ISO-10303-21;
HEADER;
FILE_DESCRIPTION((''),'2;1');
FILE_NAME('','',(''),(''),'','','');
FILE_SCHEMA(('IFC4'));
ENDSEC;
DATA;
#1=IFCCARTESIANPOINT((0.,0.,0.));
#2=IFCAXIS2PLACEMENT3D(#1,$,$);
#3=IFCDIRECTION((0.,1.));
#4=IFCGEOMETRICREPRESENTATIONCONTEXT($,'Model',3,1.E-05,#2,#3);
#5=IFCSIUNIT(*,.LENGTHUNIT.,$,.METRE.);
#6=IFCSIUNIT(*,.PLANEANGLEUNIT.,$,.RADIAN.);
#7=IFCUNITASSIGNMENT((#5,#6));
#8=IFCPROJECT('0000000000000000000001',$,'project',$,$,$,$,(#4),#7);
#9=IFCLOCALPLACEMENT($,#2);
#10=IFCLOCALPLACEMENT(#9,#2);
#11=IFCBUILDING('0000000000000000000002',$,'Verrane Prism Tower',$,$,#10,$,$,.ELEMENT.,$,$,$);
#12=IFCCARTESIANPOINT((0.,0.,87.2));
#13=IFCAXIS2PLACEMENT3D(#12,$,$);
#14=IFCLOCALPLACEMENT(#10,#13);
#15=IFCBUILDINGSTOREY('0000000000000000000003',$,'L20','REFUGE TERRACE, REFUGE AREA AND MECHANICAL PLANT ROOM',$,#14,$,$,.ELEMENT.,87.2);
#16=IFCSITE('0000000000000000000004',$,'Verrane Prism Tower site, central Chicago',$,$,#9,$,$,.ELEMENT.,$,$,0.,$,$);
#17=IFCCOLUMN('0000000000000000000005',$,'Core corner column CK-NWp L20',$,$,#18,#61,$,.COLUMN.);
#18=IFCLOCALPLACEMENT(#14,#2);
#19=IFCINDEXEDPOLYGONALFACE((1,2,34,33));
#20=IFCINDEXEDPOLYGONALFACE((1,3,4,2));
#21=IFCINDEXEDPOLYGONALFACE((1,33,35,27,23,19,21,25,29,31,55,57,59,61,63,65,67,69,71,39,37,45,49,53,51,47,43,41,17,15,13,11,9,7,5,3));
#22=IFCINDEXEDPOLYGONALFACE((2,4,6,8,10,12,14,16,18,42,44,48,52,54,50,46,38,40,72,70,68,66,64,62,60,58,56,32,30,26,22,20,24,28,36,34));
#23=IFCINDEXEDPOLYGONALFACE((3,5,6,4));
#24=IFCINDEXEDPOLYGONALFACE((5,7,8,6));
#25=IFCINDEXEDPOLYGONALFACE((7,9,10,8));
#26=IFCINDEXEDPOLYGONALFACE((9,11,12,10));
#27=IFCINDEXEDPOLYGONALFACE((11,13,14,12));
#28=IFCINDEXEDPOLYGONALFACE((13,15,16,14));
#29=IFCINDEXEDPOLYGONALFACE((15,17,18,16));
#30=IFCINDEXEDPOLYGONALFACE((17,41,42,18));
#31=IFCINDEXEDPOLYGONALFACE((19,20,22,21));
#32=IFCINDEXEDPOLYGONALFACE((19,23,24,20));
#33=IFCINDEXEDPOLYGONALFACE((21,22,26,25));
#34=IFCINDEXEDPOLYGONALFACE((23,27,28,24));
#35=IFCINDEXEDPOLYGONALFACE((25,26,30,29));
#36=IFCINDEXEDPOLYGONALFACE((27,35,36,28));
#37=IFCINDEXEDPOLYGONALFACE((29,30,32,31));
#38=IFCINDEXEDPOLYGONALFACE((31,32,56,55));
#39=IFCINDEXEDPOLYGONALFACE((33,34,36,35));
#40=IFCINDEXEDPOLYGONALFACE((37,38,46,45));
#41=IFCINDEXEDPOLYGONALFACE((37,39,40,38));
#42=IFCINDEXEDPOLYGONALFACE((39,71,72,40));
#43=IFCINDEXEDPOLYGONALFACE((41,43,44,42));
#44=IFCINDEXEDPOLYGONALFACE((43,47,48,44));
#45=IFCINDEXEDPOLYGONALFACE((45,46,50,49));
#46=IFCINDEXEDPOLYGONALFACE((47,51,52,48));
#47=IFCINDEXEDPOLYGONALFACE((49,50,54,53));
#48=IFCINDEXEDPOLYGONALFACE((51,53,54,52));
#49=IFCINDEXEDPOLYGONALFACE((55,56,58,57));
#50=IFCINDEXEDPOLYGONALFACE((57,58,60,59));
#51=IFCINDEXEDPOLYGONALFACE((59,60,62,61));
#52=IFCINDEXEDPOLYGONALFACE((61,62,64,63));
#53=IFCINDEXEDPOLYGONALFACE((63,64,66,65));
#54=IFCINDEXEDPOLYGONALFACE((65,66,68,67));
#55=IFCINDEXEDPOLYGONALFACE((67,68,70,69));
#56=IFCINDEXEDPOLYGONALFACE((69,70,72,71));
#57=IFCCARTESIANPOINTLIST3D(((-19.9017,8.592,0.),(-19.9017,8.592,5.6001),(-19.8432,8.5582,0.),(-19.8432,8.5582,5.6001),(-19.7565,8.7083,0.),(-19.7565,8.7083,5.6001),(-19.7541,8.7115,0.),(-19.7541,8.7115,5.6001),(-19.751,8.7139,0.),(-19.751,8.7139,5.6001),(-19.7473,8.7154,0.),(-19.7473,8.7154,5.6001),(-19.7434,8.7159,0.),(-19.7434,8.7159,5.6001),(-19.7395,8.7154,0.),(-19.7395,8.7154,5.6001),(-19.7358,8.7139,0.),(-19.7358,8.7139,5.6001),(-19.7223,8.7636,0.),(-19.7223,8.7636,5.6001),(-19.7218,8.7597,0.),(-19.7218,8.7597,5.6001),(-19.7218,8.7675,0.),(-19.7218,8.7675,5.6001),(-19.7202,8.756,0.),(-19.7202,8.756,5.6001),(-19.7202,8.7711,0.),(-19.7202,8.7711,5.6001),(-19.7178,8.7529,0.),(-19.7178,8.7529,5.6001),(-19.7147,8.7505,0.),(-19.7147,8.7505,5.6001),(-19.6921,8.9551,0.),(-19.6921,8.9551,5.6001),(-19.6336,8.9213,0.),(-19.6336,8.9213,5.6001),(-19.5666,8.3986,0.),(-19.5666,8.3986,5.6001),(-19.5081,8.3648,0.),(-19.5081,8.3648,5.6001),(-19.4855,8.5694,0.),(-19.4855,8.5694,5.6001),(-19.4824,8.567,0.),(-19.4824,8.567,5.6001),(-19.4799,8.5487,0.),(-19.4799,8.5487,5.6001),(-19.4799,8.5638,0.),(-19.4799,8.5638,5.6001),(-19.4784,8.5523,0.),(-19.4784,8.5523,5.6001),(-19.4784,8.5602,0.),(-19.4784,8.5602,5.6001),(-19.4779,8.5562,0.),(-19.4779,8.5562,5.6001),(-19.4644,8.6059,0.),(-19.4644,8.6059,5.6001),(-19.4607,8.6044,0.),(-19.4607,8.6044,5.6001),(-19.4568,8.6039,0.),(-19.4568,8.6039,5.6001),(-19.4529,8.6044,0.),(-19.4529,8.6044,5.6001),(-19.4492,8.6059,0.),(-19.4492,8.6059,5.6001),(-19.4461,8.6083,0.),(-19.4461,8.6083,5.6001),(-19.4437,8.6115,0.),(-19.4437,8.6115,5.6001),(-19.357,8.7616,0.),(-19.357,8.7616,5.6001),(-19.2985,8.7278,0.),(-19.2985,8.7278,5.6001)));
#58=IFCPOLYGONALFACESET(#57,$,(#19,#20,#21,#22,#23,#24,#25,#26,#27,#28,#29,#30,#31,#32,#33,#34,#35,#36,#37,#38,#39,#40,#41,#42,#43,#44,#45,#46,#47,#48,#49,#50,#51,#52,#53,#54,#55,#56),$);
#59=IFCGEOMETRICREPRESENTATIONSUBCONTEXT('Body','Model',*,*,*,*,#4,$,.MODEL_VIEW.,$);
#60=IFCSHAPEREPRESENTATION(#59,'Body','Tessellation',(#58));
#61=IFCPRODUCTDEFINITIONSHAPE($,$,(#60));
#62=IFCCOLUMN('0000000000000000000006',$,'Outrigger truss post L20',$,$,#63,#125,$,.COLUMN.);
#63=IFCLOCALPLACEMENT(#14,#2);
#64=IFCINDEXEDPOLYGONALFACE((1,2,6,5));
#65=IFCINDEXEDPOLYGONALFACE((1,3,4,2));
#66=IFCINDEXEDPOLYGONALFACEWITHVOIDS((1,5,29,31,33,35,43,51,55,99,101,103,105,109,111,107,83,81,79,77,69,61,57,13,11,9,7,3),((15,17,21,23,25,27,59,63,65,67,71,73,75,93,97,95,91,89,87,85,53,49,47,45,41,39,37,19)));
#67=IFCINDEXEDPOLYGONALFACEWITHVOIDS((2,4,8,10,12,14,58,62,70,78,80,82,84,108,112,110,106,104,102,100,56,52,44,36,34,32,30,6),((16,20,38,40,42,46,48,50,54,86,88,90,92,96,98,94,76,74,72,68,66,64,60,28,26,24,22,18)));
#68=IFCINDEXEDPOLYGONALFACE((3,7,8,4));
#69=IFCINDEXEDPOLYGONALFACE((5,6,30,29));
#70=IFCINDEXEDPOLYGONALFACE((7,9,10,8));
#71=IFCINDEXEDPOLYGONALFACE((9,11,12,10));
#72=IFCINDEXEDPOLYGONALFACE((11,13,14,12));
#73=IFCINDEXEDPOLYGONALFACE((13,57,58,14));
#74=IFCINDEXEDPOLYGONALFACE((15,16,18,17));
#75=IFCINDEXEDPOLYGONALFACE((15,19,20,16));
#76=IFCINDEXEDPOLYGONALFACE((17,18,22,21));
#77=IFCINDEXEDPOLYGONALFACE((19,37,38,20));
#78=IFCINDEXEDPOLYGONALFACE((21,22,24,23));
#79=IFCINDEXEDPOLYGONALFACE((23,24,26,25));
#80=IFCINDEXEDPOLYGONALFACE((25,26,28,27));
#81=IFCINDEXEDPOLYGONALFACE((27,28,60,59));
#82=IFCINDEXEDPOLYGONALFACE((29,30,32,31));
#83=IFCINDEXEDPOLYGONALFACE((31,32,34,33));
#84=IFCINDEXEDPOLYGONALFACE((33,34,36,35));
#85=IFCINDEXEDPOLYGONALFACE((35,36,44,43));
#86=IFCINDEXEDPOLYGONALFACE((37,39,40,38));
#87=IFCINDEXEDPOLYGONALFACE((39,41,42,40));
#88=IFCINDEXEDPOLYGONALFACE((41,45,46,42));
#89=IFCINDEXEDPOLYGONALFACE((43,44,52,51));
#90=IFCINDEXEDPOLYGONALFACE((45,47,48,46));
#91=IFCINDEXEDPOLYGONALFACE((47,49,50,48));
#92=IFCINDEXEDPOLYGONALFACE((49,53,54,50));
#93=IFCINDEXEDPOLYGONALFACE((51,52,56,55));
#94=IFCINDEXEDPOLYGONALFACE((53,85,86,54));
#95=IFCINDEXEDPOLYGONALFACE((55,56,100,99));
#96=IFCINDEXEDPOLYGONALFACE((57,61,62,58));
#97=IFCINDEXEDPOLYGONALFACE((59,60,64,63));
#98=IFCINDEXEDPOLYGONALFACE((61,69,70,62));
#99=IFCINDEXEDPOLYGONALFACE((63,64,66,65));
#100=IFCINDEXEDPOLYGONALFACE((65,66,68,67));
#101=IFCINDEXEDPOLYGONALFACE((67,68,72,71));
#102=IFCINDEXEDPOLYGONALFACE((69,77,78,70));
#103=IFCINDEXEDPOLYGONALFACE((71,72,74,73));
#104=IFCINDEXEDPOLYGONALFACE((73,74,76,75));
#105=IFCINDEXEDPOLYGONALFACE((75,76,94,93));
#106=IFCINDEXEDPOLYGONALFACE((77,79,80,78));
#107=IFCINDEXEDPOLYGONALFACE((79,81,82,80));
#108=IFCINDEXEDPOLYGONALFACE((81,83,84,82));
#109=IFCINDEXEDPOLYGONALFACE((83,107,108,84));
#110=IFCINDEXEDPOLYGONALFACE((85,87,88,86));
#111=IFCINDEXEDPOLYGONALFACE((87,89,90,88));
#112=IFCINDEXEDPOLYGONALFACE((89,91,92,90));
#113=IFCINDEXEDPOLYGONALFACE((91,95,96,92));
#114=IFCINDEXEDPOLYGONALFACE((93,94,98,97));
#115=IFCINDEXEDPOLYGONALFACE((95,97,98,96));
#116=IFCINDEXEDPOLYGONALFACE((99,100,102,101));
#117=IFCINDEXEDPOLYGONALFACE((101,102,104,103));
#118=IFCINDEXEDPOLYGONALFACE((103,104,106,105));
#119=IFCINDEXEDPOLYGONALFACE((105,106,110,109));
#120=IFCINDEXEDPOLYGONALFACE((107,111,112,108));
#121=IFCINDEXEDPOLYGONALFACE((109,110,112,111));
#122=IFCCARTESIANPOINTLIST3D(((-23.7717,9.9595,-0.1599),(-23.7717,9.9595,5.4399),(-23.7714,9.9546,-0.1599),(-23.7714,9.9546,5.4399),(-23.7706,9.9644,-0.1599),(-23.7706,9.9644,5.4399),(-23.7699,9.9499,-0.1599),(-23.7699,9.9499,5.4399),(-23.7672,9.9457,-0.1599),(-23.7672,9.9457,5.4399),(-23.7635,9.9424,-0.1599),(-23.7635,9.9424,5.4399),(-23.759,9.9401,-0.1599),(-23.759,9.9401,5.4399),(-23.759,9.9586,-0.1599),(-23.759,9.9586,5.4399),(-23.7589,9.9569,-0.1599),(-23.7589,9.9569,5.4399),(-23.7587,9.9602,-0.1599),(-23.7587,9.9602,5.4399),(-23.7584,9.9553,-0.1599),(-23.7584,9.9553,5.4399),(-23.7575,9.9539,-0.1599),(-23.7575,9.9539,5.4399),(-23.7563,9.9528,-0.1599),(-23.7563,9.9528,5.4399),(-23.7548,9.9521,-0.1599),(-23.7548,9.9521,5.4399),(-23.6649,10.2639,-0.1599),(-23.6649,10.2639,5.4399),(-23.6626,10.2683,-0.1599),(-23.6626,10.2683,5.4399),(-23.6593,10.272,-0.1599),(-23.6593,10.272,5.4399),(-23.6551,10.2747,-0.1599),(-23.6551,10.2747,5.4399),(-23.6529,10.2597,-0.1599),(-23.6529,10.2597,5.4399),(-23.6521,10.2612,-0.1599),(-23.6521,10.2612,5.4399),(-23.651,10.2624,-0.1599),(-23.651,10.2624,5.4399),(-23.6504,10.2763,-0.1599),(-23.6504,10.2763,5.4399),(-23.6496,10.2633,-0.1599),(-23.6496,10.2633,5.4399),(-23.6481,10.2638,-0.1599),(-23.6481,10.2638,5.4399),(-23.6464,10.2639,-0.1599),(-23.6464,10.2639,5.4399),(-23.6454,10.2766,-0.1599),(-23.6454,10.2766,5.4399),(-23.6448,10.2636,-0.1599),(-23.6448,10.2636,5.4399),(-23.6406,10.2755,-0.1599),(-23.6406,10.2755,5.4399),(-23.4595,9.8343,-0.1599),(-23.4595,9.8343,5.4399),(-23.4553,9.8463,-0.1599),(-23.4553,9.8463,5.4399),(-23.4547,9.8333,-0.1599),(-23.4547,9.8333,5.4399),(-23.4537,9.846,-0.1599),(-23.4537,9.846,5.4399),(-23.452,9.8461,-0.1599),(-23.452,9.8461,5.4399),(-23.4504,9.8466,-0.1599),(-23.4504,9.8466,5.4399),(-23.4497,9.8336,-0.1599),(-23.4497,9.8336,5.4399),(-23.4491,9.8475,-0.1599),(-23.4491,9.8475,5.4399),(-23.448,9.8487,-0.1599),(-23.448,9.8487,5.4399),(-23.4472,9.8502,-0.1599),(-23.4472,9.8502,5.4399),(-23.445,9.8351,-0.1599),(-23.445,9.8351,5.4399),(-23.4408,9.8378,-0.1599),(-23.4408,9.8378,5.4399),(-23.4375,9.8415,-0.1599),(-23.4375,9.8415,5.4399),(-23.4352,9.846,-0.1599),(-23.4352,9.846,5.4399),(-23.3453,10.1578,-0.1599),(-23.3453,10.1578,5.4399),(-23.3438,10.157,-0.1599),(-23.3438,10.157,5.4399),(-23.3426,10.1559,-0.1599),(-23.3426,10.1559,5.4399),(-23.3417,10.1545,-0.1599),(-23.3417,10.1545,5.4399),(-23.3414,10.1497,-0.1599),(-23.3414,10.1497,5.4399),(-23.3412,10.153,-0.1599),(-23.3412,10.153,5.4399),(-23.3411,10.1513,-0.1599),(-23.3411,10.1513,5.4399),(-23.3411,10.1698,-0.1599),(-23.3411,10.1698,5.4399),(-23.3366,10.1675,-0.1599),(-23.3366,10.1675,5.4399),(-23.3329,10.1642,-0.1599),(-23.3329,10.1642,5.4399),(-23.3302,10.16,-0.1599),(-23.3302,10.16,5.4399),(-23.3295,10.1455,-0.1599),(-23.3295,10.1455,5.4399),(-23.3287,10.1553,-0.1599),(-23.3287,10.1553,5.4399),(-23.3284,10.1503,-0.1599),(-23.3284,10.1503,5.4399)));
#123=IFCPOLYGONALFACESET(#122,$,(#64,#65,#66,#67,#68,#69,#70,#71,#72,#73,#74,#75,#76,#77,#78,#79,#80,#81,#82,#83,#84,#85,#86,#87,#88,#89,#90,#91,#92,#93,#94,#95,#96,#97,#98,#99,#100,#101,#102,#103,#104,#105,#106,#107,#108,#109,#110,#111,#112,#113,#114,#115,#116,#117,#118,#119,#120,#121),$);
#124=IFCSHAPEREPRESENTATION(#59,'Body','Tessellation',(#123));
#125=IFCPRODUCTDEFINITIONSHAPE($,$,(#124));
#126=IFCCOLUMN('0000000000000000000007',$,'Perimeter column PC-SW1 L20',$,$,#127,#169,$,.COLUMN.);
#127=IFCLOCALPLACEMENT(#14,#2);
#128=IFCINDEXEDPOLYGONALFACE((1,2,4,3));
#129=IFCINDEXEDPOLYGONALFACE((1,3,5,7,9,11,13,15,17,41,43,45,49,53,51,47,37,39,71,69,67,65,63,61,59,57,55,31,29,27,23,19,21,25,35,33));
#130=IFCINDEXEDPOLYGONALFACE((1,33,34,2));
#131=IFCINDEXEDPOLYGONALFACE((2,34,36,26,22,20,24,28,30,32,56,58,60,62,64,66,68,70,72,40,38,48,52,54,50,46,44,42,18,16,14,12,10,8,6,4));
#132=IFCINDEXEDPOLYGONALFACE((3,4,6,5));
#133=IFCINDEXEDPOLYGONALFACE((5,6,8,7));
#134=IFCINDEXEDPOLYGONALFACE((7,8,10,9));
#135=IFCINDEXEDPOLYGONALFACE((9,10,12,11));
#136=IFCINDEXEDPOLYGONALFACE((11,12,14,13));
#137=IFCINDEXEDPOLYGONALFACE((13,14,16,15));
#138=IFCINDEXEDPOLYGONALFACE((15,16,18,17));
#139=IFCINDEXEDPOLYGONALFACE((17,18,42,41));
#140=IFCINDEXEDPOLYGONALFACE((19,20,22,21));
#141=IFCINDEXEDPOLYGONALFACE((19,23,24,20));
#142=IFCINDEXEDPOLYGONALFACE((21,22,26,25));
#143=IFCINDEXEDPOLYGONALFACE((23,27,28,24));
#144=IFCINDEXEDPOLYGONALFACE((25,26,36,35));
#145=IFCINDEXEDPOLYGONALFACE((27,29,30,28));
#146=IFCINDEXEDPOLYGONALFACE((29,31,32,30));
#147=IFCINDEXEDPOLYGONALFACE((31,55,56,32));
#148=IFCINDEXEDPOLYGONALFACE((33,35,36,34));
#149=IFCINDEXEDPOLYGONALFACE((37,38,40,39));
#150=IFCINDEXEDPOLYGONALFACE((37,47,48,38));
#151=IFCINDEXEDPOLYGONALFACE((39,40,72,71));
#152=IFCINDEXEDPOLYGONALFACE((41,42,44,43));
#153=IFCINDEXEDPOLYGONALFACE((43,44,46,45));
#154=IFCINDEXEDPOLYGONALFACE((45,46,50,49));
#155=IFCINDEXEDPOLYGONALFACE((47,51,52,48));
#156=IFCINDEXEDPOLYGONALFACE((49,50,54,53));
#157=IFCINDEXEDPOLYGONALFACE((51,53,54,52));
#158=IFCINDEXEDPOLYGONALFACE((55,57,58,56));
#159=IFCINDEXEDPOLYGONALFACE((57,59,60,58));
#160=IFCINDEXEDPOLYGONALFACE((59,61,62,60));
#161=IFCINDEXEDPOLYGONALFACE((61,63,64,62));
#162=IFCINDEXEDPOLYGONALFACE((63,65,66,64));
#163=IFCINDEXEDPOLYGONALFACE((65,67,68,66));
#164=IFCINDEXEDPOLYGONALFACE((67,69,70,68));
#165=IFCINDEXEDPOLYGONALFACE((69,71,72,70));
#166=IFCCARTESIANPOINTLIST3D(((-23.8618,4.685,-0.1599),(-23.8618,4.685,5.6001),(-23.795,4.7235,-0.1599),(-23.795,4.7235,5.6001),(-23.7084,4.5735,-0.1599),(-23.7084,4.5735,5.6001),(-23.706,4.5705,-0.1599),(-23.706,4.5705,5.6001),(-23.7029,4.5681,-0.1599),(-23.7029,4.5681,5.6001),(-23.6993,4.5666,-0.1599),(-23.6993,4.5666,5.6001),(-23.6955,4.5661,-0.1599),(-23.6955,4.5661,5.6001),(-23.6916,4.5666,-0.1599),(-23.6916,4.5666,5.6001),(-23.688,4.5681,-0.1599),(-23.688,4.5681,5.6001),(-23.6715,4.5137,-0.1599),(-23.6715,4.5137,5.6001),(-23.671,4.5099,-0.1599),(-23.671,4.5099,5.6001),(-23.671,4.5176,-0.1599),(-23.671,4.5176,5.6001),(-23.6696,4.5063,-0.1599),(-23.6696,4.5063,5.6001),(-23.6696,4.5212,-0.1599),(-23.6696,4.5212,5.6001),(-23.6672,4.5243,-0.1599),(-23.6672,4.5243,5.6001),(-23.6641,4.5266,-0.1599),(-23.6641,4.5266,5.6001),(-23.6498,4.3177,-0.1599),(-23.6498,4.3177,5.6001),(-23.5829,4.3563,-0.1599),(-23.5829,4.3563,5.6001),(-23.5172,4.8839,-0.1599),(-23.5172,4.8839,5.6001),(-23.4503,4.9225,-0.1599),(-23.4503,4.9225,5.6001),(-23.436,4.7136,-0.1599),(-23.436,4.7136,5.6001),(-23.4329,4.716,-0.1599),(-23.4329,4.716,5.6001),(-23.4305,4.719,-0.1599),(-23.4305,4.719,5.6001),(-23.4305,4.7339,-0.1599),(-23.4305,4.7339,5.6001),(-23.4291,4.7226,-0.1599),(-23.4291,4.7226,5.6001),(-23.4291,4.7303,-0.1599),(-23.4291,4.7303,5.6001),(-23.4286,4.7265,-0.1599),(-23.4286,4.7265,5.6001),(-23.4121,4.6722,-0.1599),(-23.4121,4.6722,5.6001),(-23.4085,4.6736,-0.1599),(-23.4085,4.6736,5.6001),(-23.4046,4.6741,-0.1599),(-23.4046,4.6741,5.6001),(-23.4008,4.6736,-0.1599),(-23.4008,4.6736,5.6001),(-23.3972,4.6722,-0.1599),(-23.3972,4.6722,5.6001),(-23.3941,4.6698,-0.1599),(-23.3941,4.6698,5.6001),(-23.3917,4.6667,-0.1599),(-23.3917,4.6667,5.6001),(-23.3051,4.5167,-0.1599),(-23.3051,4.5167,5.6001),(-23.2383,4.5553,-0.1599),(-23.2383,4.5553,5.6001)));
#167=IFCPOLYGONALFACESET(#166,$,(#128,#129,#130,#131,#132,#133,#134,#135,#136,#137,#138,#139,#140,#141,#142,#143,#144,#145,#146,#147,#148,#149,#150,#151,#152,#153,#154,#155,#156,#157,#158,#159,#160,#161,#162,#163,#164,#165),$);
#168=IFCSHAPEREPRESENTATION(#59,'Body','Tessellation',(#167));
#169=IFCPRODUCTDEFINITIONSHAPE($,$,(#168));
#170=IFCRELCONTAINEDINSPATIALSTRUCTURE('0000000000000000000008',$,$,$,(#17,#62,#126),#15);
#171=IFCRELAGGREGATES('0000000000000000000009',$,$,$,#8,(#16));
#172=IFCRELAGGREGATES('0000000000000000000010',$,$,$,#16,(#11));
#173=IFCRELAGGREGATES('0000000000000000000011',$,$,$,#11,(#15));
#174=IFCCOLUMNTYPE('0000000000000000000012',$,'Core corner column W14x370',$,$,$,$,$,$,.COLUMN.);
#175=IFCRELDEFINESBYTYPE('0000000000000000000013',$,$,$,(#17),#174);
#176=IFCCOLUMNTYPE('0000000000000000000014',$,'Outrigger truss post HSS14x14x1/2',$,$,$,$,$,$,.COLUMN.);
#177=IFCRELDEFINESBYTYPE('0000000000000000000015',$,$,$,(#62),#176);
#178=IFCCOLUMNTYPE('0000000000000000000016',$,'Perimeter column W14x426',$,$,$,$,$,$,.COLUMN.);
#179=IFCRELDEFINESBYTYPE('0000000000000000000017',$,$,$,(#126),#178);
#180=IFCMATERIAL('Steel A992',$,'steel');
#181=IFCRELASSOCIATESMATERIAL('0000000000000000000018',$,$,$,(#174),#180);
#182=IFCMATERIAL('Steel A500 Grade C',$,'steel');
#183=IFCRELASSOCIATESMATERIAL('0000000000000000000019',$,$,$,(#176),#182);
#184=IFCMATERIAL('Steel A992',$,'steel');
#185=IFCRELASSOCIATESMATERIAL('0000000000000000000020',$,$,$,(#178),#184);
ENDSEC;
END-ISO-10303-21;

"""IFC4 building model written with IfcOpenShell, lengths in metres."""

from ifc_helpers import new_model, si_unit, direction, frame, origin, origin_2d, place, context, subcontext, project, spatial, hollow_rectangle, i_section, extrude, material, material_profile, profile_set, type_object, element, save


model = new_model("IFC4")

# Units and contexts
model_context = context("Model", 3, precision=1e-05, world=origin(), true_north=direction((0.0, 1.0)))
body_context = subcontext(model_context, "Body", "Model", "MODEL_VIEW")
ifc_project = project(units=[si_unit("LENGTHUNIT", "METRE"), si_unit("PLANEANGLEUNIT", "RADIAN")], contexts=[model_context])

# Site, building, storey
site_placement = place(None, origin())
site = spatial("IfcSite", under=ifc_project, at=site_placement, Name="Verrane Prism Tower site, central Chicago", CompositionType="ELEMENT", RefElevation=0.0)
building_placement = place(site_placement, origin())
building = spatial("IfcBuilding", under=site, at=building_placement, Name="Verrane Prism Tower", CompositionType="ELEMENT")
storey_placement = place(building_placement, frame((0.0, 0.0, 87.2)))
storey = spatial("IfcBuildingStorey", under=building, at=storey_placement, Name="L20", Description="REFUGE TERRACE, REFUGE AREA AND MECHANICAL PLANT ROOM", CompositionType="ELEMENT", Elevation=87.2)

# Columns
ifc_material_1 = material(Name="Steel A992", Category="steel")
ifc_material_profile_1 = material_profile(ifc_material_1, i_section(OverallWidth=0.4192, OverallDepth=0.4546, WebThickness=0.0422, FlangeThickness=0.0676, FilletRadius=0.0151, at=origin_2d()), Name="W14x370")
ifc_profile_set_1 = profile_set([ifc_material_profile_1], Name="Steel A992")
column_type_1 = type_object("IfcColumnType", Name="Core corner column W14x370", PredefinedType="COLUMN", material=ifc_profile_set_1)
column_1_placement = place(storey_placement, frame((-19.6001, 8.6599, 0.0), z_axis=(0.0, 0.0, 1.0), x_axis=(0.5, 0.866025, 0.0)))
element("IfcColumn", 1, at=column_1_placement, inside=storey, type_object=column_type_1, Name="Core corner column CK-NWp L20", PredefinedType="COLUMN", context=body_context, shape_type="SweptSolid", body=[
    extrude(i_section(OverallWidth=0.4192, OverallDepth=0.4546, WebThickness=0.0422, FlangeThickness=0.0676, FilletRadius=0.0151, at=origin_2d()), origin(), (0.0, 0.0, 1.0), 5.6001),
])
ifc_material_2 = material(Name="Steel A500 Grade C", Category="steel")
ifc_material_profile_2 = material_profile(ifc_material_2, hollow_rectangle(XDim=0.3557, YDim=0.3557, WallThickness=0.0127, InnerFilletRadius=0.0063, OuterFilletRadius=0.019, at=origin_2d()), Name="HSS14x14x1/2")
ifc_profile_set_2 = profile_set([ifc_material_profile_2], Name="Steel A500 Grade C")
column_type_2 = type_object("IfcColumnType", Name="Outrigger truss post HSS14x14x1/2", PredefinedType="COLUMN", material=ifc_profile_set_2)
column_2_placement = place(storey_placement, frame((-23.55, 10.0549, -0.1599), z_axis=(0.0, 0.0, 1.0), x_axis=(-0.333007, -0.942924, 0.0)))
element("IfcColumn", 2, at=column_2_placement, inside=storey, type_object=column_type_2, Name="Outrigger truss post L20", PredefinedType="COLUMN", context=body_context, shape_type="SweptSolid", body=[
    extrude(hollow_rectangle(XDim=0.3557, YDim=0.3557, WallThickness=0.0127, InnerFilletRadius=0.0063, OuterFilletRadius=0.019, at=origin_2d()), origin(), (0.0, 0.0, 1.0), 5.5999),
])
ifc_material_3 = material(Name="Steel A992", Category="steel")
ifc_material_profile_3 = material_profile(ifc_material_3, i_section(OverallWidth=0.4241, OverallDepth=0.4751, WebThickness=0.0479, FlangeThickness=0.0771, FilletRadius=0.0149, at=origin_2d()), Name="W14x426")
ifc_profile_set_3 = profile_set([ifc_material_profile_3], Name="Steel A992")
column_type_3 = type_object("IfcColumnType", Name="Perimeter column W14x426", PredefinedType="COLUMN", material=ifc_profile_set_3)
column_3_placement = place(storey_placement, frame((-23.55, 4.6201, -0.1599), z_axis=(0.0, 0.0, 1.0), x_axis=(-0.5, 0.866025, 0.0)))
element("IfcColumn", 3, at=column_3_placement, inside=storey, type_object=column_type_3, Name="Perimeter column PC-SW1 L20", PredefinedType="COLUMN", context=body_context, shape_type="SweptSolid", body=[
    extrude(i_section(OverallWidth=0.4241, OverallDepth=0.4751, WebThickness=0.0479, FlangeThickness=0.0771, FilletRadius=0.0149, at=origin_2d()), origin(), (0.0, 0.0, 1.0), 5.76),
])

save(model, "model.ifc")
